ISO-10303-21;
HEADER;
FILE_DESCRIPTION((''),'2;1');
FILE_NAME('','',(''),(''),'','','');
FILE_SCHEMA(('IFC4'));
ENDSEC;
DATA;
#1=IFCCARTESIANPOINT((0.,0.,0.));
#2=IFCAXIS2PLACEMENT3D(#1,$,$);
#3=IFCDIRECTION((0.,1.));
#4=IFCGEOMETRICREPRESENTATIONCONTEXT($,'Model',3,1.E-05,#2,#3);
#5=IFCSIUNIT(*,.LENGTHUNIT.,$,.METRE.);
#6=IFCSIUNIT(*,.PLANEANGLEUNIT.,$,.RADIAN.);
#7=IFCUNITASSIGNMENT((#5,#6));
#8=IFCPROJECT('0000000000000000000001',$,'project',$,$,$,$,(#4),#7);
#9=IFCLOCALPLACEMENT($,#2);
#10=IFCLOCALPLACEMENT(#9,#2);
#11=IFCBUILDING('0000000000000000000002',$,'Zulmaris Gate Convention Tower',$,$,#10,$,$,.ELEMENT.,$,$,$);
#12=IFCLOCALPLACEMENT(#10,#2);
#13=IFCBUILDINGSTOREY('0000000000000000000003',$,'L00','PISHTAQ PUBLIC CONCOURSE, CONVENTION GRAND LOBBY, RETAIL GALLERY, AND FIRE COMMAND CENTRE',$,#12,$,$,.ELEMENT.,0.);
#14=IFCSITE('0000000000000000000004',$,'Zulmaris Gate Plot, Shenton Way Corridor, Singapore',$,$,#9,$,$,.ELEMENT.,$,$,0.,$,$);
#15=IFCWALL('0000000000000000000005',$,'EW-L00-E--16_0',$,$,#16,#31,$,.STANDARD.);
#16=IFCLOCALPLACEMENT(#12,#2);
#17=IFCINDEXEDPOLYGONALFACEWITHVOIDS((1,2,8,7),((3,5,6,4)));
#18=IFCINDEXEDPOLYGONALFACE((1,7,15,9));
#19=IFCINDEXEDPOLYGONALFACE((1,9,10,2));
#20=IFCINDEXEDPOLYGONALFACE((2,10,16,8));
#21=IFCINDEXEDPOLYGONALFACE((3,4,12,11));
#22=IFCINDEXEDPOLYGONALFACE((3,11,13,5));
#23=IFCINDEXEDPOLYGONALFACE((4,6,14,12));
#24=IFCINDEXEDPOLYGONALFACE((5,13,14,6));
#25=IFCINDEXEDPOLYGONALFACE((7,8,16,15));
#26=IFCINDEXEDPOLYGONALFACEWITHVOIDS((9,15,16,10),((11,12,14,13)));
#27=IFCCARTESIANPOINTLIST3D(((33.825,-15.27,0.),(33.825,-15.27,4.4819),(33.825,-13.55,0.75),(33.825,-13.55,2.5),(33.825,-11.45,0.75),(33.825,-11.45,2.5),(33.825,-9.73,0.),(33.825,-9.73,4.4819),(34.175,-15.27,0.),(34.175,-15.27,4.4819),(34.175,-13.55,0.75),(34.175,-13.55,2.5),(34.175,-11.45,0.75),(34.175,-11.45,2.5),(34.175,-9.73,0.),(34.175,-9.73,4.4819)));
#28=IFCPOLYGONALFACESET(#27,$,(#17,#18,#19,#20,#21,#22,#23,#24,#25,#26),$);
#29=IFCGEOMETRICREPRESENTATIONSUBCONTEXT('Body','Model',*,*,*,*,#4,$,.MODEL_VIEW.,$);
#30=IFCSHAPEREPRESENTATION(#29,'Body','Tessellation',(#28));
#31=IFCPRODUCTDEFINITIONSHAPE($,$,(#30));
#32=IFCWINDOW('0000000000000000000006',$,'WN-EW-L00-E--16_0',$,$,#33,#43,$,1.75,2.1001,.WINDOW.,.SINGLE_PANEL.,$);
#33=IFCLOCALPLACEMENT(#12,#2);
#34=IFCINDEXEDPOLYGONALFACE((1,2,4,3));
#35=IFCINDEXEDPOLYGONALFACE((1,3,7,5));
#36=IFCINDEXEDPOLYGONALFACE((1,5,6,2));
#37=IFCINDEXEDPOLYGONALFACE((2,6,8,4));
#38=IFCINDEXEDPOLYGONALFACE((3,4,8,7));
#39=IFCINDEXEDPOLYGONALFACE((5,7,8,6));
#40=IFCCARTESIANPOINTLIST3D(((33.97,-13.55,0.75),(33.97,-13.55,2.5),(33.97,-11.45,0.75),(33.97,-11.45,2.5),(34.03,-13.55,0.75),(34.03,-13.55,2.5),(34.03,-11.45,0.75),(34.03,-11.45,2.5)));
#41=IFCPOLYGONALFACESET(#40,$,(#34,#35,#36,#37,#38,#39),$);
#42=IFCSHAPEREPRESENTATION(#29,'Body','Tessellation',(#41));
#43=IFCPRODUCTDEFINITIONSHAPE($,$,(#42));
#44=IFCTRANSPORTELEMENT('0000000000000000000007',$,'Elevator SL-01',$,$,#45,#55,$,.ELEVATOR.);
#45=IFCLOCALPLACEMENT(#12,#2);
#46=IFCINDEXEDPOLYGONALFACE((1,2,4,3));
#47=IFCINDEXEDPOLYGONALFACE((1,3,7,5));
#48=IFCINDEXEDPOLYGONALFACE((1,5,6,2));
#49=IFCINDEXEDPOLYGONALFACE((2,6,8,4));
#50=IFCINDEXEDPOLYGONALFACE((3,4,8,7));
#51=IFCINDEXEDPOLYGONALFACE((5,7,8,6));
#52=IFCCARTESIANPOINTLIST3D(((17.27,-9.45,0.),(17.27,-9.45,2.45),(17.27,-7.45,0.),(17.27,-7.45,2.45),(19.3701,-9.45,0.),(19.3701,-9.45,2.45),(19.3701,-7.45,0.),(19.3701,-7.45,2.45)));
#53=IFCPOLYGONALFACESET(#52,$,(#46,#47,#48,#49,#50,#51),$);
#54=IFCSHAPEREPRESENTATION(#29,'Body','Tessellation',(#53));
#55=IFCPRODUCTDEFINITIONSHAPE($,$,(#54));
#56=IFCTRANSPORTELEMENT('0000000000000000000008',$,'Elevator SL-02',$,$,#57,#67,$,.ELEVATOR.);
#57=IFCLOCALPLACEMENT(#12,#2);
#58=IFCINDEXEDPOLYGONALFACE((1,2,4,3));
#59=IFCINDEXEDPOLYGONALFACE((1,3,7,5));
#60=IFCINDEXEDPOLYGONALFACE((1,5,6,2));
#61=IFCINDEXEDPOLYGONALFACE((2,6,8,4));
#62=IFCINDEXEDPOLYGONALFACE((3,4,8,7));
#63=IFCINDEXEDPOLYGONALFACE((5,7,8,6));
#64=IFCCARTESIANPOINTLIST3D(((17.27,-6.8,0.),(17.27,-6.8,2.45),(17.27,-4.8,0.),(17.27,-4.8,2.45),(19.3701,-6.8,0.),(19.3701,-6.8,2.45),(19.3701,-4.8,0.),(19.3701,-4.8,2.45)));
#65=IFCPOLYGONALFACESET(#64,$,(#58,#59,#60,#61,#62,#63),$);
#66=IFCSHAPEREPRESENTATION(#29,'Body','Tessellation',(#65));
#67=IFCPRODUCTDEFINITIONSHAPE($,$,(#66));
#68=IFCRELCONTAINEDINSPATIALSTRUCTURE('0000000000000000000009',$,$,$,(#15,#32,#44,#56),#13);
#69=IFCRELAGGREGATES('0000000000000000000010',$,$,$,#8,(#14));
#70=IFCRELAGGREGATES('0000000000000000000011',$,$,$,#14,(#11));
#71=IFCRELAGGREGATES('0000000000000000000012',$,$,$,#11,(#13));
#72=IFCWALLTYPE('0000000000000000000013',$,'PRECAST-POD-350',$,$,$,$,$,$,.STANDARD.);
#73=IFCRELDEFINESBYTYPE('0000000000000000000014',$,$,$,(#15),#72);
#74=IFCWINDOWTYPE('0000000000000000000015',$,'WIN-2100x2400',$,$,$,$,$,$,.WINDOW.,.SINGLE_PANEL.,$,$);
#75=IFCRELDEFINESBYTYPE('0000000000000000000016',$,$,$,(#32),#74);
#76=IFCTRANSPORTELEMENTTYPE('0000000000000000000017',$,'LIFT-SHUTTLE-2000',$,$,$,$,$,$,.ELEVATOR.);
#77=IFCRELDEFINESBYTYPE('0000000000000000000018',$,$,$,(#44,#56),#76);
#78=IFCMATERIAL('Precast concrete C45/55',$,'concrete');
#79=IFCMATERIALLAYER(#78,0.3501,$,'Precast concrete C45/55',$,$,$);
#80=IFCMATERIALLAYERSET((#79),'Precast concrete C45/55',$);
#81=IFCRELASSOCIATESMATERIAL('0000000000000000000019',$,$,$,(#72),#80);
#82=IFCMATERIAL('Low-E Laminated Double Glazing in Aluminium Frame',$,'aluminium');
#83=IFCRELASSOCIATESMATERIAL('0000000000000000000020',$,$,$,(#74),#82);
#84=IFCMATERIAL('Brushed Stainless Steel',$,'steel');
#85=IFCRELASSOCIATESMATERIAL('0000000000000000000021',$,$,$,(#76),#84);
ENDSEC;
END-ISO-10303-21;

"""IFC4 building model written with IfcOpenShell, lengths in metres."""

from ifc_helpers import new_model, si_unit, direction, frame, frame_2d, origin, origin_2d, place, context, subcontext, project, spatial, rectangle, extrude, material, layer, layer_set, type_object, element, fill, save


model = new_model("IFC4")

# Units and contexts
model_context = context("Model", 3, precision=1e-05, world=origin(), true_north=direction((0.0, 1.0)))
body_context = subcontext(model_context, "Body", "Model", "MODEL_VIEW")
ifc_project = project(units=[si_unit("LENGTHUNIT", "METRE"), si_unit("PLANEANGLEUNIT", "RADIAN")], contexts=[model_context])

# Site, building, storey
site_placement = place(None, origin())
site = spatial("IfcSite", under=ifc_project, at=site_placement, Name="Zulmaris Gate Plot, Shenton Way Corridor, Singapore", CompositionType="ELEMENT", RefElevation=0.0)
building_placement = place(site_placement, origin())
building = spatial("IfcBuilding", under=site, at=building_placement, Name="Zulmaris Gate Convention Tower", CompositionType="ELEMENT")
storey_placement = place(building_placement, origin())
storey = spatial("IfcBuildingStorey", under=building, at=storey_placement, Name="L00", Description="PISHTAQ PUBLIC CONCOURSE, CONVENTION GRAND LOBBY, RETAIL GALLERY, AND FIRE COMMAND CENTRE", CompositionType="ELEMENT", Elevation=0.0)

# Wall, opening, window
ifc_material_1 = material(Name="Precast concrete C45/55", Category="concrete")
ifc_layer_1 = layer(ifc_material_1, 0.3501, Name="Precast concrete C45/55")
ifc_layer_set_1 = layer_set([ifc_layer_1], Name="Precast concrete C45/55")
wall_type_1 = type_object("IfcWallType", Name="PRECAST-POD-350", PredefinedType="STANDARD", material=ifc_layer_set_1)
wall_1_placement = place(storey_placement, frame((34.0, -9.73, 0.0), z_axis=(0.0, 0.0, 1.0), x_axis=(0.0, -1.0, 0.0)))
wall_1 = element("IfcWall", 1, at=wall_1_placement, inside=storey, type_object=wall_type_1, Name="EW-L00-E--16_0", PredefinedType="STANDARD", context=body_context, shape_type="SweptSolid", body=[
    extrude(rectangle(XDim=5.54, YDim=0.3501, at=frame_2d((2.77, 0.0))), origin(), (0.0, 0.0, 1.0), 4.4819),
])
opening_1_placement = place(wall_1_placement, frame((1.72, 0.0, 0.75)))
opening_1 = element("IfcOpeningElement", 2, at=opening_1_placement, cuts=wall_1, PredefinedType="OPENING", context=body_context, shape_type="SweptSolid", body=[
    extrude(rectangle(XDim=2.1001, YDim=1.75, at=frame_2d((1.05, 0.875))), frame((0.0, 0.1851, 0.0), z_axis=(0.0, -1.0, 0.0), x_axis=(1.0, 0.0, 0.0)), (0.0, 0.0, 1.0), 0.3701),
])
ifc_material_2 = material(Name="Low-E Laminated Double Glazing in Aluminium Frame", Category="aluminium")
window_type = type_object("IfcWindowType", Name="WIN-2100x2400", PartitioningType="SINGLE_PANEL", PredefinedType="WINDOW", material=ifc_material_2)
window_placement = place(opening_1_placement, origin())
window = element("IfcWindow", 3, at=window_placement, inside=storey, type_object=window_type, Name="WN-EW-L00-E--16_0", OverallHeight=1.75, OverallWidth=2.1001, PartitioningType="SINGLE_PANEL", PredefinedType="WINDOW", context=body_context, shape_type="SweptSolid", body=[
    extrude(rectangle(XDim=2.1001, YDim=1.75, at=frame_2d((1.05, 0.875))), frame((0.0, 0.03, 0.0), z_axis=(0.0, -1.0, 0.0), x_axis=(1.0, 0.0, 0.0)), (0.0, 0.0, 1.0), 0.0601),
])
fill(opening_1, window)

# Transport elements
ifc_material_3 = material(Name="Brushed Stainless Steel", Category="steel")
transport_element_type = type_object("IfcTransportElementType", Name="LIFT-SHUTTLE-2000", PredefinedType="ELEVATOR", material=ifc_material_3)
for number, where, z_axis, x_axis, name in (
    (4, (18.3201, -8.45, 0.0), (0.0, 0.0, 1.0), (1.0, 0.0, 0.0), "Elevator SL-01"),
    (5, (18.3201, -5.8, 0.0), (0.0, 0.0, 1.0), (1.0, 0.0, 0.0), "Elevator SL-02"),
):
    element("IfcTransportElement", number, at=place(storey_placement, frame(where, z_axis=z_axis, x_axis=x_axis)), inside=storey, type_object=transport_element_type, Name=name, PredefinedType="ELEVATOR", context=body_context, shape_type="SweptSolid", body=[
        extrude(rectangle(XDim=2.1001, YDim=2.0, at=origin_2d()), origin(), (0.0, 0.0, 1.0), 2.45),
    ])

save(model, "model.ifc")
